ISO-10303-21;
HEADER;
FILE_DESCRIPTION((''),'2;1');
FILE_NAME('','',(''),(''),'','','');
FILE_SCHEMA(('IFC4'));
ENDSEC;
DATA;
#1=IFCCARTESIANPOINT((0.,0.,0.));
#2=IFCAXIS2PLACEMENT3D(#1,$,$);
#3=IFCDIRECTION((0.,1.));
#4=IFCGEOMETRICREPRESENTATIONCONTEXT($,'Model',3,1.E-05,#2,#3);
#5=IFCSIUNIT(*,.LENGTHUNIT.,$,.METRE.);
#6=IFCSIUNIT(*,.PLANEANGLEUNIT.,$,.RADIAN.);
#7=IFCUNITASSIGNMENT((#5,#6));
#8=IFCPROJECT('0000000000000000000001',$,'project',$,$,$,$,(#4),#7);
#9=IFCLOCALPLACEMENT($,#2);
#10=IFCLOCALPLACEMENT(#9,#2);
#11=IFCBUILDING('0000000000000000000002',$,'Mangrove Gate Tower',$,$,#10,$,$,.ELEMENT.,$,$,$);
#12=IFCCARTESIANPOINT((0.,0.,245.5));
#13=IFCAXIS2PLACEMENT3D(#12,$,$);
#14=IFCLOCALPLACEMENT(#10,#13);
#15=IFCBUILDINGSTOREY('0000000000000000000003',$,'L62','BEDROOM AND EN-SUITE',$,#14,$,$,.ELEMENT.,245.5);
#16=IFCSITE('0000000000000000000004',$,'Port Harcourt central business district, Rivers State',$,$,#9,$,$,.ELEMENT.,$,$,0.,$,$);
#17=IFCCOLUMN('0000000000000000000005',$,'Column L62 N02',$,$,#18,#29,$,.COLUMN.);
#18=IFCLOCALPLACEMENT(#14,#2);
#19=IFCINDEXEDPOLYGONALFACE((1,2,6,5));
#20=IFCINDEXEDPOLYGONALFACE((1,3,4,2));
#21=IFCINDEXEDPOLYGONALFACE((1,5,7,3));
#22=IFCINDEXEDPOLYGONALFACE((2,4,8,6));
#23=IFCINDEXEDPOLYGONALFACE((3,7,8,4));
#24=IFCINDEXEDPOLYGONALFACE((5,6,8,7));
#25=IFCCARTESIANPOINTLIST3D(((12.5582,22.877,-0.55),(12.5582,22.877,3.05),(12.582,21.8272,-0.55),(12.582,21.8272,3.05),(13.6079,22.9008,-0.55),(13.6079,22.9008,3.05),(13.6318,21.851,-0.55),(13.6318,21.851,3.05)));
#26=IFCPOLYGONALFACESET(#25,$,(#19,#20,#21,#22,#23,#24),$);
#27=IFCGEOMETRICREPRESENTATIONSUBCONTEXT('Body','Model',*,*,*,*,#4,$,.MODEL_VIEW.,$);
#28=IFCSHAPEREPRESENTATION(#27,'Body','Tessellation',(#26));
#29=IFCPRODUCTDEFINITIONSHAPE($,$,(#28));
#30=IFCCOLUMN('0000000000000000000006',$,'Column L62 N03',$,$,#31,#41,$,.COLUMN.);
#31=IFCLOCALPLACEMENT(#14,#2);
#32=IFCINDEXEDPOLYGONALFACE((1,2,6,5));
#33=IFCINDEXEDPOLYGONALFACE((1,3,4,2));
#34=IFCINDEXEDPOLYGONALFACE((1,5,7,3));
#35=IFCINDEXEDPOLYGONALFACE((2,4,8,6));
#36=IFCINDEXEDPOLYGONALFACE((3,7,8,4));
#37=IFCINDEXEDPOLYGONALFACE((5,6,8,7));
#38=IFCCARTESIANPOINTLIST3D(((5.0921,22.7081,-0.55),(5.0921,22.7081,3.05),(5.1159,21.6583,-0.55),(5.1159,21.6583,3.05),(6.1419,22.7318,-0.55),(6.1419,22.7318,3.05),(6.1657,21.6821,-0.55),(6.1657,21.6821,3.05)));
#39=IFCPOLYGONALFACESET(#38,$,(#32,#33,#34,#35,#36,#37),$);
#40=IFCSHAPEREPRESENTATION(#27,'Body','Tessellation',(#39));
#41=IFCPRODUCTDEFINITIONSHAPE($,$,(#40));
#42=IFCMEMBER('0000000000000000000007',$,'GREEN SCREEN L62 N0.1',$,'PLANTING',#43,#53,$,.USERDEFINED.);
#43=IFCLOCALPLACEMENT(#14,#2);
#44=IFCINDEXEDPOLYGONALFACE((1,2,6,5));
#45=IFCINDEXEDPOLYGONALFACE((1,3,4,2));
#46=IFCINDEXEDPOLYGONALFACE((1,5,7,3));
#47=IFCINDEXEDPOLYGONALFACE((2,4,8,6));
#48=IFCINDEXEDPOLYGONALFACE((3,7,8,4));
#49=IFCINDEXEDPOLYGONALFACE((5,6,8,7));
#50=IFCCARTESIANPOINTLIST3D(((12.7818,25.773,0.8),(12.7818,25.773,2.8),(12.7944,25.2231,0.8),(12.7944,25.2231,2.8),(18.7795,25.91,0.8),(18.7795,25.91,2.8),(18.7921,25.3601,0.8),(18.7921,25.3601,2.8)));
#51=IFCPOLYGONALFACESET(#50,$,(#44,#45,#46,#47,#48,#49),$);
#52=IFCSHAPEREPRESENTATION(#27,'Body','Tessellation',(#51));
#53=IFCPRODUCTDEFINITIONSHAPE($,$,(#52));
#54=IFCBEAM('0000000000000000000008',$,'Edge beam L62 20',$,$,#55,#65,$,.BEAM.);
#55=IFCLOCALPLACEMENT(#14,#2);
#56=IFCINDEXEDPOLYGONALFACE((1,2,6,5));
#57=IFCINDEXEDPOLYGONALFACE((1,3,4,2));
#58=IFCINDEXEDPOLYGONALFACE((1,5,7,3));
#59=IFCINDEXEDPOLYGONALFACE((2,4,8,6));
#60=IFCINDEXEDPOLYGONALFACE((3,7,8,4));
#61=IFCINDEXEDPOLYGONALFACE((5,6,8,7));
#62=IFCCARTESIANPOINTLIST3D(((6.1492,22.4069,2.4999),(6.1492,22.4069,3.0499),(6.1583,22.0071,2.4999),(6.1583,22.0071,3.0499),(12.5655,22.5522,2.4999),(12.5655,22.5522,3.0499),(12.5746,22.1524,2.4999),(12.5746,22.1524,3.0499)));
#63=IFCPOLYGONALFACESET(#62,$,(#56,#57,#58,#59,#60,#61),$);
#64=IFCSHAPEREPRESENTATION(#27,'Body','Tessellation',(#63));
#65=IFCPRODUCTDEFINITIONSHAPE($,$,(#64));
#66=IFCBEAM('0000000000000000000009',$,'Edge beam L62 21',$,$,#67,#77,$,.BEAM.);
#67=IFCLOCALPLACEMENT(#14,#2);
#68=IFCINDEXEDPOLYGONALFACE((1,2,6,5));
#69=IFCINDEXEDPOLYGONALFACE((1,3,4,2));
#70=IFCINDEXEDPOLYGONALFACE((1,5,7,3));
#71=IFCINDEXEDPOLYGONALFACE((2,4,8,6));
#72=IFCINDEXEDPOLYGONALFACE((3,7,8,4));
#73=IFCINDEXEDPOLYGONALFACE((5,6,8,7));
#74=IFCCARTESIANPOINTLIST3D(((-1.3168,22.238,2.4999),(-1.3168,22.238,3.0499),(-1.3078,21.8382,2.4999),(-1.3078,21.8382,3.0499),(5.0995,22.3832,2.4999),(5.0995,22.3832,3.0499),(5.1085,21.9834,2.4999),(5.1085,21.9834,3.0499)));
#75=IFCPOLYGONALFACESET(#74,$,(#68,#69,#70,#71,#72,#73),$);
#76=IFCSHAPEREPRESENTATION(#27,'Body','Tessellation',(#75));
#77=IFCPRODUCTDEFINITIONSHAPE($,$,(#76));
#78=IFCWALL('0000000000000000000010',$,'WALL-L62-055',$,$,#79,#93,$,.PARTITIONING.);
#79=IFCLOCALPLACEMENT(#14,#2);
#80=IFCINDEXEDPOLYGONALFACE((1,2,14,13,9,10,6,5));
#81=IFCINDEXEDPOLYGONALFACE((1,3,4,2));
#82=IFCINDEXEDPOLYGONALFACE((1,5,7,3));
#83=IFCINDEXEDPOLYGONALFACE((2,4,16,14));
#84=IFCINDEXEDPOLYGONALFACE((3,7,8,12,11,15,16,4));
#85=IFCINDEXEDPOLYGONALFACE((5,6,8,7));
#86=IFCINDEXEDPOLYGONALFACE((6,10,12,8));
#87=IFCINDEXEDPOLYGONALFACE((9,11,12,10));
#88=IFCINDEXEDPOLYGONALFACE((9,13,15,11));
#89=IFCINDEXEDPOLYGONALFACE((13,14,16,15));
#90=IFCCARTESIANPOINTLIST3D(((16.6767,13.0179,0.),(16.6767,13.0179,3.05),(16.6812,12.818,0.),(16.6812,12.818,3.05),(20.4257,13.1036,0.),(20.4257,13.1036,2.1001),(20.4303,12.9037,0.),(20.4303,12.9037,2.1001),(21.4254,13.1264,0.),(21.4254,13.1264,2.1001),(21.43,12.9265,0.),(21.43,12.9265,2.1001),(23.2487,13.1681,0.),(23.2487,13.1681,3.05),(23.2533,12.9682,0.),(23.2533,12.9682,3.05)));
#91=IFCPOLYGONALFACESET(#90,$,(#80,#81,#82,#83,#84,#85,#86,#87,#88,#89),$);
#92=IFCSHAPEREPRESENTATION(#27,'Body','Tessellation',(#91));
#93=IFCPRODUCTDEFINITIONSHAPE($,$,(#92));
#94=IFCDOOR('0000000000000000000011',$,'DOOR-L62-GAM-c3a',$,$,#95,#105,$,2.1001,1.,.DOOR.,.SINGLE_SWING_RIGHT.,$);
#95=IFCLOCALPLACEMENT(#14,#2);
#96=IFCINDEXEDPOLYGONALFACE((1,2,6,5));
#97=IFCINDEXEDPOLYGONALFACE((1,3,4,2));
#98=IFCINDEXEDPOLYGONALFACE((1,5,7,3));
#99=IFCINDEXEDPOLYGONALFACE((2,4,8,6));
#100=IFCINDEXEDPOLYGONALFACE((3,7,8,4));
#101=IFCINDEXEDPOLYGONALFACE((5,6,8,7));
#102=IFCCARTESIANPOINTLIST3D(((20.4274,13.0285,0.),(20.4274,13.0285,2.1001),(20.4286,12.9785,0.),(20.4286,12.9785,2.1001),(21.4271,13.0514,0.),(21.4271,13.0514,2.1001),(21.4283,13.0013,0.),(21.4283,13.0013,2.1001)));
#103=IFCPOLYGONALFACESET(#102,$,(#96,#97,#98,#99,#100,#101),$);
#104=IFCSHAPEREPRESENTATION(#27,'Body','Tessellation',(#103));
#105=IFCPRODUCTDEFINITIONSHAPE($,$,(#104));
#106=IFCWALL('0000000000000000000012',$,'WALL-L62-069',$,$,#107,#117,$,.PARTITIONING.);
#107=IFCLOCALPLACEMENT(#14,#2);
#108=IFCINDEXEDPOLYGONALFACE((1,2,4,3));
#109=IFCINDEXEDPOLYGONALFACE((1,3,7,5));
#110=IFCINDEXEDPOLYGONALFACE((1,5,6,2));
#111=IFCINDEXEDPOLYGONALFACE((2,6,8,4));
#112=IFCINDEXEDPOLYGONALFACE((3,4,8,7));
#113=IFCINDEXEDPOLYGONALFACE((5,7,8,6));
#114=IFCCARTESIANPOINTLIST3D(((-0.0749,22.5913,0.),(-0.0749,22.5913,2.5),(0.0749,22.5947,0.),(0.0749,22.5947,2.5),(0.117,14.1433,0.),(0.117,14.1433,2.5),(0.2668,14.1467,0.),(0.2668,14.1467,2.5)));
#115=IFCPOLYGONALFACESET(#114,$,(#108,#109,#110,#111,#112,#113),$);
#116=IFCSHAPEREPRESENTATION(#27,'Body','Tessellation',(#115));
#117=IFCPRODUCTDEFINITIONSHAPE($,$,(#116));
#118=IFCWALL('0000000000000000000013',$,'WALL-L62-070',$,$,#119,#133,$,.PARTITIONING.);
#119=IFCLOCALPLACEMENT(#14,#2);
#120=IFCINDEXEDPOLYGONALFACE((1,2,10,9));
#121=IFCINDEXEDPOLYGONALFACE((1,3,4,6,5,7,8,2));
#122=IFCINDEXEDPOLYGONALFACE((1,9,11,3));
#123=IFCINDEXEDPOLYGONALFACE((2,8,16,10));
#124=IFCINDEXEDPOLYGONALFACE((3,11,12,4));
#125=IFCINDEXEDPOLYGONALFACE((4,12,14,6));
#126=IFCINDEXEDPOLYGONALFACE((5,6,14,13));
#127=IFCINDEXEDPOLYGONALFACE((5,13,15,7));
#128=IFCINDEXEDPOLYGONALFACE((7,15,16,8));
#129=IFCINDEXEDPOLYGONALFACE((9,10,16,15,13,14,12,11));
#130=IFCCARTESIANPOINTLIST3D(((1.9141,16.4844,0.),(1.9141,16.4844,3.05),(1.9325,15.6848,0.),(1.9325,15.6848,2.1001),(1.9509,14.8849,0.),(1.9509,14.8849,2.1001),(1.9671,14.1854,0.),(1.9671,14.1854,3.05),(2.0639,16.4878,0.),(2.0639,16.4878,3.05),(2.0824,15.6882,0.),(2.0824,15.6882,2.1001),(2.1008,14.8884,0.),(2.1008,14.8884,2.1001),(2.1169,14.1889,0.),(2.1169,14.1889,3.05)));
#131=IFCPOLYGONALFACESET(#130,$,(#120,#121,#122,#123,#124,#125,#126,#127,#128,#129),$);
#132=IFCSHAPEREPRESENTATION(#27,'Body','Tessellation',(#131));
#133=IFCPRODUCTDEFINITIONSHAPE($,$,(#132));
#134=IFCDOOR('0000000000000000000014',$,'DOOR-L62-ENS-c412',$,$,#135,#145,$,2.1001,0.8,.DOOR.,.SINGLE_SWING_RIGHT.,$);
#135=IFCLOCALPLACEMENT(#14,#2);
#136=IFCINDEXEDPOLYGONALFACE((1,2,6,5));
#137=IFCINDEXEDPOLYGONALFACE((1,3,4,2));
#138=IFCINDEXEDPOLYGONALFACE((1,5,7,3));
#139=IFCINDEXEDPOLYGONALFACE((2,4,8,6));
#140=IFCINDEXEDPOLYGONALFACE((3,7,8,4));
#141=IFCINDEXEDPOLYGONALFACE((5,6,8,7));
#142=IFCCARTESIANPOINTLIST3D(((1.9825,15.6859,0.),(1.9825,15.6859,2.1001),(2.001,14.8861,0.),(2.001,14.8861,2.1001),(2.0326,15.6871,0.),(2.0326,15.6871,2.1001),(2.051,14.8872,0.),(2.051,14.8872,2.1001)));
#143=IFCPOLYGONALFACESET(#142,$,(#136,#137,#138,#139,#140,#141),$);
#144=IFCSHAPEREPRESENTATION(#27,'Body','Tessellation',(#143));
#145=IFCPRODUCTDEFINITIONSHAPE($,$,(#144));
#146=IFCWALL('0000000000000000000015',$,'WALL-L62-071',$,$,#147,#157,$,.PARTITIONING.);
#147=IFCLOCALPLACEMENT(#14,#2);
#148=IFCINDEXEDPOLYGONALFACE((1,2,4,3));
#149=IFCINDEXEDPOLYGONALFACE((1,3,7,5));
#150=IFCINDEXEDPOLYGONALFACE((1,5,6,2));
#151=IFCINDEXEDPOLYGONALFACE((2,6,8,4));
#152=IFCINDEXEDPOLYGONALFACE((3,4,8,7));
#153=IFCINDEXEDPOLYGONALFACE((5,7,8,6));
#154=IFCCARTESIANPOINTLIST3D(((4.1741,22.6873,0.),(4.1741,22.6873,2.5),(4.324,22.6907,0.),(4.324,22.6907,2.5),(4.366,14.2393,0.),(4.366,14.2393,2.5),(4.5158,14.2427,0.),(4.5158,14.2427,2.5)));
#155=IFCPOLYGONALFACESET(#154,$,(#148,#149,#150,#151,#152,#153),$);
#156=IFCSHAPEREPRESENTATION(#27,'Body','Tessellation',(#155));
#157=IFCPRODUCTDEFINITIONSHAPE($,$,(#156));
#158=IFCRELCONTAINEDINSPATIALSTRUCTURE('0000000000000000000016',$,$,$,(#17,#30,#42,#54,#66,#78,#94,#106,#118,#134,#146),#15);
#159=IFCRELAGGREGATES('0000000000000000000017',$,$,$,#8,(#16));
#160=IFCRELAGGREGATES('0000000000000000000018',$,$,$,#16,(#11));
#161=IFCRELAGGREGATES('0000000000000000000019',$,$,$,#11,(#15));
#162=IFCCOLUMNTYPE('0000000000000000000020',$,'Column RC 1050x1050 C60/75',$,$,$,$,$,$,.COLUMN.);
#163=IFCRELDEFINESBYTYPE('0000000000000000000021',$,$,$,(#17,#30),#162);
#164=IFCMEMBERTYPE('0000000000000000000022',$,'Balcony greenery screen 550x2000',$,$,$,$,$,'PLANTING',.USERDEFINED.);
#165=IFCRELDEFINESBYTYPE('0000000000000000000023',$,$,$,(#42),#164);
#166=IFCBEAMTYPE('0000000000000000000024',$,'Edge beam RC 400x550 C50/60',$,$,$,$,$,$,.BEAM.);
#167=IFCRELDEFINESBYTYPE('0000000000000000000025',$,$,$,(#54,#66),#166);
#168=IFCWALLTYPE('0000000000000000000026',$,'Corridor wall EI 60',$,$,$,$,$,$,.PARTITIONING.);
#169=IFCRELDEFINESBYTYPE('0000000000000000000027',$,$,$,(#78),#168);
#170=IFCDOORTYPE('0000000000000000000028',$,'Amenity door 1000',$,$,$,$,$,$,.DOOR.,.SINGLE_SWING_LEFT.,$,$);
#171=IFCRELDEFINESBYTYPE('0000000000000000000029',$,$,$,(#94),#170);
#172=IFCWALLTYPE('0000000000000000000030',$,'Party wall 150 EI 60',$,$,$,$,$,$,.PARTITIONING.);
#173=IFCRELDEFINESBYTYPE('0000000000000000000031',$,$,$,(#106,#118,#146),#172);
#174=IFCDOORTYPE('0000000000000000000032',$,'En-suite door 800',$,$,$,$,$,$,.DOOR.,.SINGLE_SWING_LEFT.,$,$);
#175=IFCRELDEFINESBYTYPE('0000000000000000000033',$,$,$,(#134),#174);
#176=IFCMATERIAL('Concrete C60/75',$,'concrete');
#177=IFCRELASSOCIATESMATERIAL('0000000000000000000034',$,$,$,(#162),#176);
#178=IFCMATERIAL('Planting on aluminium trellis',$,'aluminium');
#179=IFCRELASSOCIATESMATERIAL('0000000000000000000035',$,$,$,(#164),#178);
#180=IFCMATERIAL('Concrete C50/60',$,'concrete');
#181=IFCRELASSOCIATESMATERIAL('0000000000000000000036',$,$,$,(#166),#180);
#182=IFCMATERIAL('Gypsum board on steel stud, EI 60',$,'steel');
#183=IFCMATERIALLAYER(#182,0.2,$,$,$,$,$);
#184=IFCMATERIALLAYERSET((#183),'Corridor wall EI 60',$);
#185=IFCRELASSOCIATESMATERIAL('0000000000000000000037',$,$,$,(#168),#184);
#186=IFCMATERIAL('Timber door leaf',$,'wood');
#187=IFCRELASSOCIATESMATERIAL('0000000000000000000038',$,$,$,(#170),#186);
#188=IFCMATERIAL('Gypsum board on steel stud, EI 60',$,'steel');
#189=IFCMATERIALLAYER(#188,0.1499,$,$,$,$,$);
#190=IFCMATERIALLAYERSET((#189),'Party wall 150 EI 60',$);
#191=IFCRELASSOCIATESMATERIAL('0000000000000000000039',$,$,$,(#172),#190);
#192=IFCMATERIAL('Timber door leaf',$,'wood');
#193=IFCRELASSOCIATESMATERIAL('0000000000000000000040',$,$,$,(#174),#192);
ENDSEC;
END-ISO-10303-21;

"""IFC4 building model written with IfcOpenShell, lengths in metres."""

from ifc_helpers import new_model, si_unit, direction, frame, frame_2d, origin, origin_2d, place, context, subcontext, project, spatial, rectangle, extrude, material, layer, layer_set, material_profile, profile_set, type_object, element, fill, save


model = new_model("IFC4")

# Units and contexts
model_context = context("Model", 3, precision=1e-05, world=origin(), true_north=direction((0.0, 1.0)))
body_context = subcontext(model_context, "Body", "Model", "MODEL_VIEW")
ifc_project = project(units=[si_unit("LENGTHUNIT", "METRE"), si_unit("PLANEANGLEUNIT", "RADIAN")], contexts=[model_context])

# Site, building, storey
site_placement = place(None, origin())
site = spatial("IfcSite", under=ifc_project, at=site_placement, Name="Port Harcourt central business district, Rivers State", CompositionType="ELEMENT", RefElevation=0.0)
building_placement = place(site_placement, origin())
building = spatial("IfcBuilding", under=site, at=building_placement, Name="Mangrove Gate Tower", CompositionType="ELEMENT")
storey_placement = place(building_placement, frame((0.0, 0.0, 245.5)))
storey = spatial("IfcBuildingStorey", under=building, at=storey_placement, Name="L62", Description="BEDROOM AND EN-SUITE", CompositionType="ELEMENT", Elevation=245.5)

# Columns
ifc_material_1 = material(Name="Concrete C60/75", Category="concrete")
ifc_material_profile_1 = material_profile(ifc_material_1, rectangle(XDim=1.05, YDim=1.05, at=origin_2d()))
ifc_profile_set_1 = profile_set([ifc_material_profile_1], Name="Concrete C60/75")
column_type = type_object("IfcColumnType", Name="Column RC 1050x1050 C60/75", PredefinedType="COLUMN", material=ifc_profile_set_1)
for number, where, z_axis, x_axis, name in (
    (1, (13.095, 22.364, -0.55), (0.0, 0.0, 1.0), (-0.999742, -0.022697, 0.0), "Column L62 N02"),
    (2, (5.6289, 22.1951, -0.55), (0.0, 0.0, 1.0), (-0.999744, -0.02263, 0.0), "Column L62 N03"),
):
    element("IfcColumn", number, at=place(storey_placement, frame(where, z_axis=z_axis, x_axis=x_axis)), inside=storey, type_object=column_type, Name=name, PredefinedType="COLUMN", context=body_context, shape_type="SweptSolid", body=[
        extrude(rectangle(XDim=1.05, YDim=1.05, at=origin_2d()), origin(), (0.0, 0.0, 1.0), 3.6001),
    ])

# Member
ifc_material_2 = material(Name="Planting on aluminium trellis", Category="aluminium")
ifc_material_profile_2 = material_profile(ifc_material_2, rectangle(XDim=0.55, YDim=2.0, at=origin_2d()))
ifc_profile_set_2 = profile_set([ifc_material_profile_2], Name="Planting on aluminium trellis")
member_type = type_object("IfcMemberType", Name="Balcony greenery screen 550x2000", ElementType="PLANTING", PredefinedType="USERDEFINED", material=ifc_profile_set_2)
member_placement = place(storey_placement, frame((12.7881, 25.498, 1.8), z_axis=(0.999739, 0.02283, 0.0), x_axis=(-0.02283, 0.999739, 0.0)))
element("IfcMember", 3, at=member_placement, inside=storey, type_object=member_type, Name="GREEN SCREEN L62 N0.1", ObjectType="PLANTING", PredefinedType="USERDEFINED", context=body_context, shape_type="SweptSolid", body=[
    extrude(rectangle(XDim=0.55, YDim=2.0, at=origin_2d()), origin(), (0.0, 0.0, 1.0), 5.9993),
])

# Beams
ifc_material_3 = material(Name="Concrete C50/60", Category="concrete")
ifc_material_profile_3 = material_profile(ifc_material_3, rectangle(XDim=0.3999, YDim=0.55, at=origin_2d()))
ifc_profile_set_3 = profile_set([ifc_material_profile_3], Name="Concrete C50/60")
beam_type = type_object("IfcBeamType", Name="Edge beam RC 400x550 C50/60", PredefinedType="BEAM", material=ifc_profile_set_3)
for number, where, z_axis, x_axis, name in (
    (4, (12.5701, 22.3523, 2.7749), (-0.999744, -0.022634, 0.0), (0.022634, -0.999744, 0.0), "Edge beam L62 20"),
    (5, (5.104, 22.1833, 2.7749), (-0.999744, -0.022634, 0.0), (0.022634, -0.999744, 0.0), "Edge beam L62 21"),
):
    element("IfcBeam", number, at=place(storey_placement, frame(where, z_axis=z_axis, x_axis=x_axis)), inside=storey, type_object=beam_type, Name=name, PredefinedType="BEAM", context=body_context, shape_type="SweptSolid", body=[
        extrude(rectangle(XDim=0.3999, YDim=0.55, at=origin_2d()), origin(), (0.0, 0.0, 1.0), 6.418),
    ])

# Wall, opening, door
ifc_material_4 = material(Name="Gypsum board on steel stud, EI 60", Category="steel")
ifc_layer_1 = layer(ifc_material_4, 0.2)
ifc_layer_set_1 = layer_set([ifc_layer_1], Name="Corridor wall EI 60")
wall_type_1 = type_object("IfcWallType", Name="Corridor wall EI 60", PredefinedType="PARTITIONING", material=ifc_layer_set_1)
wall_1_placement = place(storey_placement, frame((16.679, 12.918, 0.0), z_axis=(0.0, 0.0, 1.0), x_axis=(0.999739, 0.02284, 0.0)))
wall_1 = element("IfcWall", 6, at=wall_1_placement, inside=storey, type_object=wall_type_1, Name="WALL-L62-055", PredefinedType="PARTITIONING", context=body_context, shape_type="SweptSolid", body=[
    extrude(rectangle(XDim=6.5737, YDim=0.2, at=frame_2d((3.2869, 0.0))), origin(), (0.0, 0.0, 1.0), 3.05),
])
opening_1_placement = place(wall_1_placement, frame((3.75, 0.0, 0.0)))
opening_1 = element("IfcOpeningElement", 7, at=opening_1_placement, cuts=wall_1, PredefinedType="OPENING", context=body_context, shape_type="SweptSolid", body=[
    extrude(rectangle(XDim=1.0, YDim=2.1001, at=frame_2d((0.5, 1.05))), frame((0.0, 0.1099, 0.0), z_axis=(0.0, -1.0, 0.0), x_axis=(1.0, 0.0, 0.0)), (0.0, 0.0, 1.0), 0.22),
])
ifc_material_5 = material(Name="Timber door leaf", Category="wood")
door_type_1 = type_object("IfcDoorType", Name="Amenity door 1000", OperationType="SINGLE_SWING_LEFT", PredefinedType="DOOR", material=ifc_material_5)
door_1_placement = place(opening_1_placement, origin())
door_1 = element("IfcDoor", 8, at=door_1_placement, inside=storey, type_object=door_type_1, Name="DOOR-L62-GAM-c3a", OperationType="SINGLE_SWING_RIGHT", OverallHeight=2.1001, OverallWidth=1.0, PredefinedType="DOOR", context=body_context, shape_type="SweptSolid", body=[
    extrude(rectangle(XDim=1.0, YDim=2.1001, at=frame_2d((0.5, 1.05))), frame((0.0, 0.0249, 0.0), z_axis=(0.0, -1.0, 0.0), x_axis=(1.0, 0.0, 0.0)), (0.0, 0.0, 1.0), 0.05),
])
fill(opening_1, door_1)

# Wall
ifc_material_6 = material(Name="Gypsum board on steel stud, EI 60", Category="steel")
ifc_layer_2 = layer(ifc_material_6, 0.1499)
ifc_layer_set_2 = layer_set([ifc_layer_2], Name="Party wall 150 EI 60")
wall_type_2 = type_object("IfcWallType", Name="Party wall 150 EI 60", PredefinedType="PARTITIONING", material=ifc_layer_set_2)
wall_2_placement = place(storey_placement, frame((0.1919, 14.145, 0.0), z_axis=(0.0, 0.0, 1.0), x_axis=(-0.022709, 0.999742, 0.0)))
element("IfcWall", 9, at=wall_2_placement, inside=storey, type_object=wall_type_2, Name="WALL-L62-069", PredefinedType="PARTITIONING", context=body_context, shape_type="SweptSolid", body=[
    extrude(rectangle(XDim=8.4502, YDim=0.1499, at=frame_2d((4.2251, 0.0))), origin(), (0.0, 0.0, 1.0), 2.5),
])

# Wall, opening, door
wall_3_placement = place(storey_placement, frame((2.042, 14.187, 0.0), z_axis=(0.0, 0.0, 1.0), x_axis=(-0.023037, 0.999735, 0.0)))
wall_3 = element("IfcWall", 10, at=wall_3_placement, inside=storey, type_object=wall_type_2, Name="WALL-L62-070", PredefinedType="PARTITIONING", context=body_context, shape_type="SweptSolid", body=[
    extrude(rectangle(XDim=2.2996, YDim=0.1499, at=frame_2d((1.1499, 0.0))), origin(), (0.0, 0.0, 1.0), 3.05),
])
opening_2_placement = place(wall_3_placement, frame((0.7, 0.0, 0.0)))
opening_2 = element("IfcOpeningElement", 11, at=opening_2_placement, cuts=wall_3, PredefinedType="OPENING", context=body_context, shape_type="SweptSolid", body=[
    extrude(rectangle(XDim=0.8, YDim=2.1001, at=frame_2d((0.3999, 1.05))), frame((0.0, 0.085, 0.0), z_axis=(0.0, -1.0, 0.0), x_axis=(1.0, 0.0, 0.0)), (0.0, 0.0, 1.0), 0.1699),
])
ifc_material_7 = material(Name="Timber door leaf", Category="wood")
door_type_2 = type_object("IfcDoorType", Name="En-suite door 800", OperationType="SINGLE_SWING_LEFT", PredefinedType="DOOR", material=ifc_material_7)
door_2_placement = place(opening_2_placement, origin())
door_2 = element("IfcDoor", 12, at=door_2_placement, inside=storey, type_object=door_type_2, Name="DOOR-L62-ENS-c412", OperationType="SINGLE_SWING_RIGHT", OverallHeight=2.1001, OverallWidth=0.8, PredefinedType="DOOR", context=body_context, shape_type="SweptSolid", body=[
    extrude(rectangle(XDim=0.8, YDim=2.1001, at=frame_2d((0.3999, 1.05))), frame((0.0, 0.0249, 0.0), z_axis=(0.0, -1.0, 0.0), x_axis=(1.0, 0.0, 0.0)), (0.0, 0.0, 1.0), 0.05),
])
fill(opening_2, door_2)

# Wall
wall_4_placement = place(storey_placement, frame((4.4409, 14.241, 0.0), z_axis=(0.0, 0.0, 1.0), x_axis=(-0.022709, 0.999742, 0.0)))
element("IfcWall", 13, at=wall_4_placement, inside=storey, type_object=wall_type_2, Name="WALL-L62-071", PredefinedType="PARTITIONING", context=body_context, shape_type="SweptSolid", body=[
    extrude(rectangle(XDim=8.4502, YDim=0.1499, at=frame_2d((4.2251, 0.0))), origin(), (0.0, 0.0, 1.0), 2.5),
])

save(model, "model.ifc")
